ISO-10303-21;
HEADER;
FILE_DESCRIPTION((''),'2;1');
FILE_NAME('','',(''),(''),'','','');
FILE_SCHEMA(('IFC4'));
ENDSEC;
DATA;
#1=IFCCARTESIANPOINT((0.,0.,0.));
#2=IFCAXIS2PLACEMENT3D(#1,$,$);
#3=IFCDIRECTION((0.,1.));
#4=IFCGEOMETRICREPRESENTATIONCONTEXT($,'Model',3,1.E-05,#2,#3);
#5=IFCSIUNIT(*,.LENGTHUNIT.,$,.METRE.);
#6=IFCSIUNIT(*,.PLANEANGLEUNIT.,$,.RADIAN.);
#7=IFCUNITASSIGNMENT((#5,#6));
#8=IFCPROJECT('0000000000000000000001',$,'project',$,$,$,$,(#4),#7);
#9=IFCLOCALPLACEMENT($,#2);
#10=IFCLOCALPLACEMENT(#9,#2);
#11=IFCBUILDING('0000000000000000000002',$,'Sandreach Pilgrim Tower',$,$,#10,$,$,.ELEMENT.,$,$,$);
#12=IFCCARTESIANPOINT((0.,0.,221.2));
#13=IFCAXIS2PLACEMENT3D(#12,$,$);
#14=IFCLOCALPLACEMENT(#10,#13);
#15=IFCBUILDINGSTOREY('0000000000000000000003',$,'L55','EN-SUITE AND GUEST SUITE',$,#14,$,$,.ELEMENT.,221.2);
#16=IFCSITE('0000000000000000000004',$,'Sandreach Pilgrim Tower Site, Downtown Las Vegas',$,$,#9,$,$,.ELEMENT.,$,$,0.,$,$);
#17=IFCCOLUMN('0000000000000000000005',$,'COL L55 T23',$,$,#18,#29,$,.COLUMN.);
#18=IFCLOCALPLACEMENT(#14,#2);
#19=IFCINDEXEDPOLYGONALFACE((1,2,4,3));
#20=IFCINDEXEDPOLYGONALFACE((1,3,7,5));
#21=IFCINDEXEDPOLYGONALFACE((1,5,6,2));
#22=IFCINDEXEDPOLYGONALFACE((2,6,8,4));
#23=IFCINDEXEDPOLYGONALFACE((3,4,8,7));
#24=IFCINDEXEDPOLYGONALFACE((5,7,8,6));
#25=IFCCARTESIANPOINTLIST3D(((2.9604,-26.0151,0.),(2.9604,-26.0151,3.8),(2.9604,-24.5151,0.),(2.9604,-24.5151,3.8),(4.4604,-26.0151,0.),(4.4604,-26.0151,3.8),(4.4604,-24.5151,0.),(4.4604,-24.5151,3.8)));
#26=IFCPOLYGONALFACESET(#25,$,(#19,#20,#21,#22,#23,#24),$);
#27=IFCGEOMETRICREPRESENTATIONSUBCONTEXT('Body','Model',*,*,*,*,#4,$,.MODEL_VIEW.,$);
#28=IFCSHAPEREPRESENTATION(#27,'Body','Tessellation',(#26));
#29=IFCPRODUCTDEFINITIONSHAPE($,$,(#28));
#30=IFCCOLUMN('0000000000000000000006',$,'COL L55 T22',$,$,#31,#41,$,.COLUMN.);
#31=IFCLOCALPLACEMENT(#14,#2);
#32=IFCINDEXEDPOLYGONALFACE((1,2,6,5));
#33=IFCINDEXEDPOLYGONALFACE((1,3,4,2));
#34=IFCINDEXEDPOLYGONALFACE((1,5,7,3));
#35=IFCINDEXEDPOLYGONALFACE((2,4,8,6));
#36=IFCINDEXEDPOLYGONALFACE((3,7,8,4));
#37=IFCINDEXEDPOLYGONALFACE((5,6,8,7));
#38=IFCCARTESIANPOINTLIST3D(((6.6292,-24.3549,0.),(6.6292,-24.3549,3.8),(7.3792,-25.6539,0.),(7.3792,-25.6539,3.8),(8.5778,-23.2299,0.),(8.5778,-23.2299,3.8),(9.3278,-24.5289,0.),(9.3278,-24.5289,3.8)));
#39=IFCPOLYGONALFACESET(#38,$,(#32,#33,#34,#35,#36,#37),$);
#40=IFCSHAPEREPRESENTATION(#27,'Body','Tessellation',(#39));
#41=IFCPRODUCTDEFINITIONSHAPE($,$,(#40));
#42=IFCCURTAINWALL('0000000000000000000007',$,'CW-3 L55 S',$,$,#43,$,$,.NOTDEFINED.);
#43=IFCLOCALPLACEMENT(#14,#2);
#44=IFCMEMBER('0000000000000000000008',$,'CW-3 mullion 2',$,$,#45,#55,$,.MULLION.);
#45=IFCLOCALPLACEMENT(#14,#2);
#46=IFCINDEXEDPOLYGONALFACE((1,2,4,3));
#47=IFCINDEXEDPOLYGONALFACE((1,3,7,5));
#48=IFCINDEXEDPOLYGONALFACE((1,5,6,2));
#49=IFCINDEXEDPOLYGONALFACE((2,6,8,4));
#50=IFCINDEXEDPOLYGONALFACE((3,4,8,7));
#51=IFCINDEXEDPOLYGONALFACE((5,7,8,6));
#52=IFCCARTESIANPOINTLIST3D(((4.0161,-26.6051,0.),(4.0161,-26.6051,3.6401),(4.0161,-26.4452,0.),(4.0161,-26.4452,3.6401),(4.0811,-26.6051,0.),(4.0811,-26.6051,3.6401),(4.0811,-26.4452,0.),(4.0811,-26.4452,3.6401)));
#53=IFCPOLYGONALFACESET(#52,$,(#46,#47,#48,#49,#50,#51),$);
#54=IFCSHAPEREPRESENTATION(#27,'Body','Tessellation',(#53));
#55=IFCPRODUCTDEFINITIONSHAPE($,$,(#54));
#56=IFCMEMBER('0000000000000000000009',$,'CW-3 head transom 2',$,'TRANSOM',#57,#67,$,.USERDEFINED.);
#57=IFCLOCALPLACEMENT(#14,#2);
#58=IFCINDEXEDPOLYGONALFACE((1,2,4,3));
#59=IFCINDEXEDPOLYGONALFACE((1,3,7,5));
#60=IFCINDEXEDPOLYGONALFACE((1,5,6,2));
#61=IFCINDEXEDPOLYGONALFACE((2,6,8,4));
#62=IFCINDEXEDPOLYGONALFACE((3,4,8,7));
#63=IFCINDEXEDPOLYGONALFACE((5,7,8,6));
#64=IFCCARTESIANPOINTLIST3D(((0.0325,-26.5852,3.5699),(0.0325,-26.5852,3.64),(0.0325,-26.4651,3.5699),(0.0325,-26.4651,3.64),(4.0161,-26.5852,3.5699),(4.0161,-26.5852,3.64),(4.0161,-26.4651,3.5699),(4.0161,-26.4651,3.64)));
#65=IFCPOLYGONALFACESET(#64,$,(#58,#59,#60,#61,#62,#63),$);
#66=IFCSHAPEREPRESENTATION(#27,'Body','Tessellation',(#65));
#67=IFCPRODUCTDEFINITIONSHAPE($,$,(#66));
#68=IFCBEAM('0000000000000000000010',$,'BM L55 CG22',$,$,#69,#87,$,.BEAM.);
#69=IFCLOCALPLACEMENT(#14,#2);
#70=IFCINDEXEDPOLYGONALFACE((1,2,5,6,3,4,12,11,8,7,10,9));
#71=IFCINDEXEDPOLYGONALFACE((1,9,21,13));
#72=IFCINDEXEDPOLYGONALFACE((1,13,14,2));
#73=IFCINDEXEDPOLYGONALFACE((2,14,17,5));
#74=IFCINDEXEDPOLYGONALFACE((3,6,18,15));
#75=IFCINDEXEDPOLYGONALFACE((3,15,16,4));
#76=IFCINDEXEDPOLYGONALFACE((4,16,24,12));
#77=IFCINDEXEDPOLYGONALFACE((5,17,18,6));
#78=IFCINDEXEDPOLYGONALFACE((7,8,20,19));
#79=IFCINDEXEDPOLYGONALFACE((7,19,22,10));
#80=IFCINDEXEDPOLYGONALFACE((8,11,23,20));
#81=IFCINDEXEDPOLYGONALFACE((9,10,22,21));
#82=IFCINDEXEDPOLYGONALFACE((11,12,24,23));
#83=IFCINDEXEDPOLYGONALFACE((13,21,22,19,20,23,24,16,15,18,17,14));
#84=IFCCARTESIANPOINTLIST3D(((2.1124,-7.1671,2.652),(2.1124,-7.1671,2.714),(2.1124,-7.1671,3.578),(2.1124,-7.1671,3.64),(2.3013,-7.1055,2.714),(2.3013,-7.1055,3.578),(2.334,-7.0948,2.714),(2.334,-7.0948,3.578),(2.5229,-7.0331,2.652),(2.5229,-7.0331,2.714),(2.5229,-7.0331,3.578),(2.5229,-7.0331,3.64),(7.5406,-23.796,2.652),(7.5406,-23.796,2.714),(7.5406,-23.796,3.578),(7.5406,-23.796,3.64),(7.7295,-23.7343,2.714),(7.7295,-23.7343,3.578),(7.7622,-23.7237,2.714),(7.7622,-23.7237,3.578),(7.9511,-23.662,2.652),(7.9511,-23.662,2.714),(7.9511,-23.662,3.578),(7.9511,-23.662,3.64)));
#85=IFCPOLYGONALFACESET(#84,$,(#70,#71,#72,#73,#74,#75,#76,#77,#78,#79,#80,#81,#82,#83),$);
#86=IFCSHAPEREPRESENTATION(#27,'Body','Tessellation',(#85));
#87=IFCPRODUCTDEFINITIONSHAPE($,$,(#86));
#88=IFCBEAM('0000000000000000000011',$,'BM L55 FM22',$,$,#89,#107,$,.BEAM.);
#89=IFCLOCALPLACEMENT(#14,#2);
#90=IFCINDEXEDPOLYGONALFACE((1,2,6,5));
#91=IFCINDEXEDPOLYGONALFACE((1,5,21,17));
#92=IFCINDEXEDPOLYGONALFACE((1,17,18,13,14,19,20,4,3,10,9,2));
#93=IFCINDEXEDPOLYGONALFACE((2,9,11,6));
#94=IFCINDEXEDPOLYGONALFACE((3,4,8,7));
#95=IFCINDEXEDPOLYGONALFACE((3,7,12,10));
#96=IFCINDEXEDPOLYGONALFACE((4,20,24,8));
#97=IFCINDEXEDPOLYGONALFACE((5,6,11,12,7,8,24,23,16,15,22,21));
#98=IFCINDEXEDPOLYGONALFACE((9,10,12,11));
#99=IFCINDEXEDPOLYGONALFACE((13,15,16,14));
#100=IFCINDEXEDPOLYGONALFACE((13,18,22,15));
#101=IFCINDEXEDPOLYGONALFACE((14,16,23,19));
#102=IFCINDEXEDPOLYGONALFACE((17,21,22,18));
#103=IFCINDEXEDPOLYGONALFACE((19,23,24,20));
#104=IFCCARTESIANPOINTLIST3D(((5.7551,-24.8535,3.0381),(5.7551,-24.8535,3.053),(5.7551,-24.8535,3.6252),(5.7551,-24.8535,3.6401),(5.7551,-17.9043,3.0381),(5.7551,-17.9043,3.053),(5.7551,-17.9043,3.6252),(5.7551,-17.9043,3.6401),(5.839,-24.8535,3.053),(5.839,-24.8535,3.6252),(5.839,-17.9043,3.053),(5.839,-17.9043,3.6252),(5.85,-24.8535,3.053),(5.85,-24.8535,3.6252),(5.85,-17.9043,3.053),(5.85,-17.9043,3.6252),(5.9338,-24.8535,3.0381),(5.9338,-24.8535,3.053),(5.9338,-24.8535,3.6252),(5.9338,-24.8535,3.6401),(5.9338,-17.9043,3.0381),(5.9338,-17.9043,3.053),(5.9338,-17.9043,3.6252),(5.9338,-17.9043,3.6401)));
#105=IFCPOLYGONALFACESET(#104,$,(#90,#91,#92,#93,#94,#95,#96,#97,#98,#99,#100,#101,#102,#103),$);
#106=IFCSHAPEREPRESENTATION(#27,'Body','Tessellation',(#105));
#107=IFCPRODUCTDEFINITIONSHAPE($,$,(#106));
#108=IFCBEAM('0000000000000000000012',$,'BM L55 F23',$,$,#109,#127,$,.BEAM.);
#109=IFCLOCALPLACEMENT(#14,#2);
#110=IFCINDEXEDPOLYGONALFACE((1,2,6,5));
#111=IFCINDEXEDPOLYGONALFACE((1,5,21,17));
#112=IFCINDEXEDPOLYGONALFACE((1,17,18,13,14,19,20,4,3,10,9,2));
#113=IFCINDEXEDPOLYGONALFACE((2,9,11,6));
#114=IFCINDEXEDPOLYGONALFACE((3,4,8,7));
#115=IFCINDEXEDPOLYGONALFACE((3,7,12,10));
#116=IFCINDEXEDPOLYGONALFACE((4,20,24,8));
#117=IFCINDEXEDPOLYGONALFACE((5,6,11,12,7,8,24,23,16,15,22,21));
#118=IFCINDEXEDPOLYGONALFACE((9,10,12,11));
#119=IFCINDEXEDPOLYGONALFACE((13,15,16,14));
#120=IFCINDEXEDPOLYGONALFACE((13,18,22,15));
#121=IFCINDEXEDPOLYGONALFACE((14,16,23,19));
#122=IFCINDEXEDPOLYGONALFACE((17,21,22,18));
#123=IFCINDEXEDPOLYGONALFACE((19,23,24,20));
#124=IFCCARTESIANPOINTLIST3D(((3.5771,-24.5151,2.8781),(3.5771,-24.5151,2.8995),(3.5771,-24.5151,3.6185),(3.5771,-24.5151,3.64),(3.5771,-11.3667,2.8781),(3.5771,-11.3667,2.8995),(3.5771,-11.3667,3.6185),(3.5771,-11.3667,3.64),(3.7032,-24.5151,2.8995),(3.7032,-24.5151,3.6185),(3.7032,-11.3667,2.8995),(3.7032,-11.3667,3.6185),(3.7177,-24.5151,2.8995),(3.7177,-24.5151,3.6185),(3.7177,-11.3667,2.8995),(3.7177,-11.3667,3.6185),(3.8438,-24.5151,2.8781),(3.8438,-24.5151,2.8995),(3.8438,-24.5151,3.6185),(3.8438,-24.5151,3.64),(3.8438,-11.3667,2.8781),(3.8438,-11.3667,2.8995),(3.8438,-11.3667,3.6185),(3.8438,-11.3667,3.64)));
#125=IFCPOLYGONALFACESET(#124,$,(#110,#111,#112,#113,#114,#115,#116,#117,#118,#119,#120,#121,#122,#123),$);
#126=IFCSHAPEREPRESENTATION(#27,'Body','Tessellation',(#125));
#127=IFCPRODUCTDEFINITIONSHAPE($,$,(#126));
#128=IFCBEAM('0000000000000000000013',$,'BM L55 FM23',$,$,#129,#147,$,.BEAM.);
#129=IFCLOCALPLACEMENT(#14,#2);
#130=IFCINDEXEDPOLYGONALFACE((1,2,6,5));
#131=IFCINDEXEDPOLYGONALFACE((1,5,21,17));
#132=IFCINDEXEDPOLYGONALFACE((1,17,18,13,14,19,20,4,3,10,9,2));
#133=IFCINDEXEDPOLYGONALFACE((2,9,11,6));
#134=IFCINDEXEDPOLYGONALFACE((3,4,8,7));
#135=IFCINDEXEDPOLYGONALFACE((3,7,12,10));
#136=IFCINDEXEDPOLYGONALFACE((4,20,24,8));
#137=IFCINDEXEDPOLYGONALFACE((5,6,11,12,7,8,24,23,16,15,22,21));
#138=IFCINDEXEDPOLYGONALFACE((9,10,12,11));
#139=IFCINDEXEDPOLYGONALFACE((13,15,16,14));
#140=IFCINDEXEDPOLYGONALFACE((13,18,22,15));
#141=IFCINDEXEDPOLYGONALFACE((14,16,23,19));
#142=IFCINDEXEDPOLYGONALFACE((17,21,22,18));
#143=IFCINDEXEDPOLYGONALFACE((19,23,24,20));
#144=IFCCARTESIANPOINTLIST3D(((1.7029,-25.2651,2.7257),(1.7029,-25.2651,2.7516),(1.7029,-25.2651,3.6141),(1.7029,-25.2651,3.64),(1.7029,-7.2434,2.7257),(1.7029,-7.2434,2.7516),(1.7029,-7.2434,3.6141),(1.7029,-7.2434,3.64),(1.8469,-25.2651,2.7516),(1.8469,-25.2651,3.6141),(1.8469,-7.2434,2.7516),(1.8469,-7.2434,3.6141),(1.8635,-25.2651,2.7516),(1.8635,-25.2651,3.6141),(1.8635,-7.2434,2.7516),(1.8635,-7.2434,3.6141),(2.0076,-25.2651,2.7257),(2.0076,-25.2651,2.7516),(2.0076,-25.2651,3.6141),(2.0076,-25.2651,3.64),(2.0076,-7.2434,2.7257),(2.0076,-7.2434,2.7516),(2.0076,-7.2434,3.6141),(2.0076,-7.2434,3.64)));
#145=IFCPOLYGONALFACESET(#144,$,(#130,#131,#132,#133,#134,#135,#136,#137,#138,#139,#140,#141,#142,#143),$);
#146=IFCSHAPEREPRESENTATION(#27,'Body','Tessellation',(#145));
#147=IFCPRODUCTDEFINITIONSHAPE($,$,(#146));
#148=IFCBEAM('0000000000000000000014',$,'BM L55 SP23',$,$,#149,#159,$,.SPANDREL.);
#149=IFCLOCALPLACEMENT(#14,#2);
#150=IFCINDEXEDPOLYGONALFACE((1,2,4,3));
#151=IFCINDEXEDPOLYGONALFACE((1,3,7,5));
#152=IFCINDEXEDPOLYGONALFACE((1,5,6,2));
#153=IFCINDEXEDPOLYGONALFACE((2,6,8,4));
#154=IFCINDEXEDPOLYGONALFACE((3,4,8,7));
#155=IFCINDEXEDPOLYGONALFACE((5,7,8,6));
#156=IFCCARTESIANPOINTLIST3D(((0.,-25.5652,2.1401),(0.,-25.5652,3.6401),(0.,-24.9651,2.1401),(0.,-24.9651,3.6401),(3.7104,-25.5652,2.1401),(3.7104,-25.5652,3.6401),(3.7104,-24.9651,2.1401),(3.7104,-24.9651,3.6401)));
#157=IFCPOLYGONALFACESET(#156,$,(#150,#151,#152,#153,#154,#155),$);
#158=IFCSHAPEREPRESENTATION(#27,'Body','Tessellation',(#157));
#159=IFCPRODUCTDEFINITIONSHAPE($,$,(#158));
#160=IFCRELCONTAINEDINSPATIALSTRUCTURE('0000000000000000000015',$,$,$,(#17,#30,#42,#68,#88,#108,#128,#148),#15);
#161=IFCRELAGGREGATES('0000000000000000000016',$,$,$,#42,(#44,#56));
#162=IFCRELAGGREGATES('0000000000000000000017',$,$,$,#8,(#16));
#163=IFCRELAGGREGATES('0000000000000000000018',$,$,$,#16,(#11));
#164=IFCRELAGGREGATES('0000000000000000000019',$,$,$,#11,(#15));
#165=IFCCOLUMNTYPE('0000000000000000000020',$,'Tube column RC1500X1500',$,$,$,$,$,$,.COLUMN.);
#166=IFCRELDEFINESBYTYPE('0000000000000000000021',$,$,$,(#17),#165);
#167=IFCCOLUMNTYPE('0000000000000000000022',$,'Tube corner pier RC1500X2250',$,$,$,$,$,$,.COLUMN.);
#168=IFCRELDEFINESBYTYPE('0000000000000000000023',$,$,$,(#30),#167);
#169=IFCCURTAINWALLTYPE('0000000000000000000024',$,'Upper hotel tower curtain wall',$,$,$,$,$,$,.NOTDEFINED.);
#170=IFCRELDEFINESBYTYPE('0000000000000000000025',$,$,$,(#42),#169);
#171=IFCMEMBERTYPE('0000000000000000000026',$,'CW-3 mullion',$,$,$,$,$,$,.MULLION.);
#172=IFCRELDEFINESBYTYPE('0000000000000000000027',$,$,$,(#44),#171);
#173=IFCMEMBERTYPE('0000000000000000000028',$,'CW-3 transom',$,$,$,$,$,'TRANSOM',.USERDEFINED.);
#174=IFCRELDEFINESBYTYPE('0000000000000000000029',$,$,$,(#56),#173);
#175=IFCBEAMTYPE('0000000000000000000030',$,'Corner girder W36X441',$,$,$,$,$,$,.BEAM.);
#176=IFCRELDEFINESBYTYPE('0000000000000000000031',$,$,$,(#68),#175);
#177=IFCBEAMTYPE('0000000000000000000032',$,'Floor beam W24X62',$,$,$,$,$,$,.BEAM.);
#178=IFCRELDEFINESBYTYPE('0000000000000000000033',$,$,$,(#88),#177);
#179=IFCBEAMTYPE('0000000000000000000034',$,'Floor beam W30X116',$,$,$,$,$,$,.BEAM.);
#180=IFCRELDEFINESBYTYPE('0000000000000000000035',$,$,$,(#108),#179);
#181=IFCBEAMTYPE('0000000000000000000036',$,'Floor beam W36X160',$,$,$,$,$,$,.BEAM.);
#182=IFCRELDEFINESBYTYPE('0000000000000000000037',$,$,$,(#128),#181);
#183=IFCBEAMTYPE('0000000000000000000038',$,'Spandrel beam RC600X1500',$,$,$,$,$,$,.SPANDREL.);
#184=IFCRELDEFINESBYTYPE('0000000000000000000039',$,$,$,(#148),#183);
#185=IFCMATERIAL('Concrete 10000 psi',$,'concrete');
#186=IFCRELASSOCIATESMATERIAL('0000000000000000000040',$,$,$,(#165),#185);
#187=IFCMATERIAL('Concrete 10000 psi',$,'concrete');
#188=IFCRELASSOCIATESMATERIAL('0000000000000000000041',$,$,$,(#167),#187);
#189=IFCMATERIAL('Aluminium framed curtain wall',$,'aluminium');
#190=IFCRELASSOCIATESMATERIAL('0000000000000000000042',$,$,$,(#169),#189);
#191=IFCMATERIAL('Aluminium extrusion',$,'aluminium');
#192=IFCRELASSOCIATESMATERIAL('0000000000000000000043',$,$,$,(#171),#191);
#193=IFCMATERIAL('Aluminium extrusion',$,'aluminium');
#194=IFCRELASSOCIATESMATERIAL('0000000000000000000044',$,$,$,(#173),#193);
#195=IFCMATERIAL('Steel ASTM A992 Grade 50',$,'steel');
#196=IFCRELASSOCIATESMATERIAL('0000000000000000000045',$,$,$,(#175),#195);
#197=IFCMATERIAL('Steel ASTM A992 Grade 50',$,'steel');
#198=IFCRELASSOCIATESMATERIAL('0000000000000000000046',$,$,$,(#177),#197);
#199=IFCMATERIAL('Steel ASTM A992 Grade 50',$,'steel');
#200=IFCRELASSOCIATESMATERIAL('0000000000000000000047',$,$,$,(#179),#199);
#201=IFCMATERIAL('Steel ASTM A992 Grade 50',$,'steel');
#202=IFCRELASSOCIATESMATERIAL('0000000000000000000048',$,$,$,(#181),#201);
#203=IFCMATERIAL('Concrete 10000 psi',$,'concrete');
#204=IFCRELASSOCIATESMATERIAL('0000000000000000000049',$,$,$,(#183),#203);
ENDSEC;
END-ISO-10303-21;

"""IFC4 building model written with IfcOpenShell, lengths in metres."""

from ifc_helpers import new_model, si_unit, direction, frame, origin, origin_2d, place, context, subcontext, project, spatial, rectangle, i_section, extrude, material, material_profile, profile_set, type_object, element, aggregate, save


model = new_model("IFC4")

# Units and contexts
model_context = context("Model", 3, precision=1e-05, world=origin(), true_north=direction((0.0, 1.0)))
body_context = subcontext(model_context, "Body", "Model", "MODEL_VIEW")
ifc_project = project(units=[si_unit("LENGTHUNIT", "METRE"), si_unit("PLANEANGLEUNIT", "RADIAN")], contexts=[model_context])

# Site, building, storey
site_placement = place(None, origin())
site = spatial("IfcSite", under=ifc_project, at=site_placement, Name="Sandreach Pilgrim Tower Site, Downtown Las Vegas", CompositionType="ELEMENT", RefElevation=0.0)
building_placement = place(site_placement, origin())
building = spatial("IfcBuilding", under=site, at=building_placement, Name="Sandreach Pilgrim Tower", CompositionType="ELEMENT")
storey_placement = place(building_placement, frame((0.0, 0.0, 221.2)))
storey = spatial("IfcBuildingStorey", under=building, at=storey_placement, Name="L55", Description="EN-SUITE AND GUEST SUITE", CompositionType="ELEMENT", Elevation=221.2)

# Columns
ifc_material_1 = material(Name="Concrete 10000 psi", Category="concrete")
ifc_material_profile_1 = material_profile(ifc_material_1, rectangle(XDim=1.5, YDim=1.5, at=origin_2d()), Name="RC1500X1500")
ifc_profile_set_1 = profile_set([ifc_material_profile_1], Name="Concrete 10000 psi")
column_type_1 = type_object("IfcColumnType", Name="Tube column RC1500X1500", PredefinedType="COLUMN", material=ifc_profile_set_1)
column_1_placement = place(storey_placement, frame((3.7104, -25.2651, 0.0), z_axis=(0.0, 0.0, 1.0), x_axis=(0.0, -1.0, 0.0)))
element("IfcColumn", 1, at=column_1_placement, inside=storey, type_object=column_type_1, Name="COL L55 T23", PredefinedType="COLUMN", context=body_context, shape_type="SweptSolid", body=[
    extrude(rectangle(XDim=1.5, YDim=1.5, at=origin_2d()), origin(), (0.0, 0.0, 1.0), 3.8),
])
ifc_material_2 = material(Name="Concrete 10000 psi", Category="concrete")
ifc_material_profile_2 = material_profile(ifc_material_2, rectangle(XDim=1.5, YDim=2.25, at=origin_2d()), Name="RC1500X2250")
ifc_profile_set_2 = profile_set([ifc_material_profile_2], Name="Concrete 10000 psi")
column_type_2 = type_object("IfcColumnType", Name="Tube corner pier RC1500X2250", PredefinedType="COLUMN", material=ifc_profile_set_2)
column_2_placement = place(storey_placement, frame((7.9785, -24.4419, 0.0), z_axis=(0.0, 0.0, 1.0), x_axis=(0.5, -0.866025, 0.0)))
element("IfcColumn", 2, at=column_2_placement, inside=storey, type_object=column_type_2, Name="COL L55 T22", PredefinedType="COLUMN", context=body_context, shape_type="SweptSolid", body=[
    extrude(rectangle(XDim=1.5, YDim=2.25, at=origin_2d()), origin(), (0.0, 0.0, 1.0), 3.8),
])

# Curtain wall, members
ifc_material_3 = material(Name="Aluminium framed curtain wall", Category="aluminium")
curtain_wall_type = type_object("IfcCurtainWallType", Name="Upper hotel tower curtain wall", PredefinedType="NOTDEFINED", material=ifc_material_3)
curtain_wall_placement = place(storey_placement, origin())
curtain_wall = element("IfcCurtainWall", 3, at=curtain_wall_placement, inside=storey, type_object=curtain_wall_type, Name="CW-3 L55 S", PredefinedType="NOTDEFINED")
ifc_material_4 = material(Name="Aluminium extrusion", Category="aluminium")
ifc_material_profile_3 = material_profile(ifc_material_4, rectangle(XDim=0.0649, YDim=0.1599, at=origin_2d()), Name="CW-3M 65X160")
ifc_profile_set_3 = profile_set([ifc_material_profile_3], Name="Aluminium extrusion")
member_type_1 = type_object("IfcMemberType", Name="CW-3 mullion", PredefinedType="MULLION", material=ifc_profile_set_3)
member_1_placement = place(storey_placement, frame((4.0486, -26.5251, 0.0), z_axis=(0.0, 0.0, 1.0), x_axis=(-1.0, 0.0, 0.0)))
member_1 = element("IfcMember", 4, at=member_1_placement, type_object=member_type_1, Name="CW-3 mullion 2", PredefinedType="MULLION", context=body_context, shape_type="SweptSolid", body=[
    extrude(rectangle(XDim=0.0649, YDim=0.1599, at=origin_2d()), origin(), (0.0, 0.0, 1.0), 3.6401),
])
ifc_material_5 = material(Name="Aluminium extrusion", Category="aluminium")
ifc_material_profile_4 = material_profile(ifc_material_5, rectangle(XDim=0.1201, YDim=0.0701, at=origin_2d()), Name="CW-3T 120X70")
ifc_profile_set_4 = profile_set([ifc_material_profile_4], Name="Aluminium extrusion")
member_type_2 = type_object("IfcMemberType", Name="CW-3 transom", ElementType="TRANSOM", PredefinedType="USERDEFINED", material=ifc_profile_set_4)
member_2_placement = place(storey_placement, frame((4.0161, -26.5251, 3.605), z_axis=(-1.0, 0.0, 0.0), x_axis=(0.0, -1.0, 0.0)))
member_2 = element("IfcMember", 5, at=member_2_placement, type_object=member_type_2, Name="CW-3 head transom 2", ObjectType="TRANSOM", PredefinedType="USERDEFINED", context=body_context, shape_type="SweptSolid", body=[
    extrude(rectangle(XDim=0.1201, YDim=0.0701, at=origin_2d()), origin(), (0.0, 0.0, 1.0), 3.9836),
])

# Beams
ifc_material_6 = material(Name="Steel ASTM A992 Grade 50", Category="steel")
ifc_material_profile_5 = material_profile(ifc_material_6, i_section(OverallWidth=0.4319, OverallDepth=0.988, WebThickness=0.0344, FlangeThickness=0.062, at=origin_2d()), Name="W36X441")
ifc_profile_set_5 = profile_set([ifc_material_profile_5], Name="Steel ASTM A992 Grade 50")
beam_type_1 = type_object("IfcBeamType", Name="Corner girder W36X441", PredefinedType="BEAM", material=ifc_profile_set_5)
beam_1_placement = place(storey_placement, frame((7.7458, -23.729, 3.146), z_axis=(-0.310318, 0.950633, 0.0), x_axis=(-0.950633, -0.310318, 0.0)))
element("IfcBeam", 6, at=beam_1_placement, inside=storey, type_object=beam_type_1, Name="BM L55 CG22", PredefinedType="BEAM", context=body_context, shape_type="SweptSolid", body=[
    extrude(i_section(OverallWidth=0.4319, OverallDepth=0.988, WebThickness=0.0344, FlangeThickness=0.062, at=origin_2d()), origin(), (0.0, 0.0, 1.0), 17.4924),
])
ifc_material_7 = material(Name="Steel ASTM A992 Grade 50", Category="steel")
ifc_material_profile_6 = material_profile(ifc_material_7, i_section(OverallWidth=0.1787, OverallDepth=0.6021, WebThickness=0.011, FlangeThickness=0.0149, at=origin_2d()), Name="W24X62")
ifc_profile_set_6 = profile_set([ifc_material_profile_6], Name="Steel ASTM A992 Grade 50")
beam_type_2 = type_object("IfcBeamType", Name="Floor beam W24X62", PredefinedType="BEAM", material=ifc_profile_set_6)
beam_2_placement = place(storey_placement, frame((5.8445, -24.8535, 3.3391), z_axis=(0.0, 1.0, 0.0), x_axis=(-1.0, 0.0, 0.0)))
element("IfcBeam", 7, at=beam_2_placement, inside=storey, type_object=beam_type_2, Name="BM L55 FM22", PredefinedType="BEAM", context=body_context, shape_type="SweptSolid", body=[
    extrude(i_section(OverallWidth=0.1787, OverallDepth=0.6021, WebThickness=0.011, FlangeThickness=0.0149, at=origin_2d()), origin(), (0.0, 0.0, 1.0), 6.9492),
])
ifc_material_8 = material(Name="Steel ASTM A992 Grade 50", Category="steel")
ifc_material_profile_7 = material_profile(ifc_material_8, i_section(OverallWidth=0.2666, OverallDepth=0.762, WebThickness=0.0144, FlangeThickness=0.0215, at=origin_2d()), Name="W30X116")
ifc_profile_set_7 = profile_set([ifc_material_profile_7], Name="Steel ASTM A992 Grade 50")
beam_type_3 = type_object("IfcBeamType", Name="Floor beam W30X116", PredefinedType="BEAM", material=ifc_profile_set_7)
beam_3_placement = place(storey_placement, frame((3.7104, -24.5151, 3.259), z_axis=(0.0, 1.0, 0.0), x_axis=(-1.0, 0.0, 0.0)))
element("IfcBeam", 8, at=beam_3_placement, inside=storey, type_object=beam_type_3, Name="BM L55 F23", PredefinedType="BEAM", context=body_context, shape_type="SweptSolid", body=[
    extrude(i_section(OverallWidth=0.2666, OverallDepth=0.762, WebThickness=0.0144, FlangeThickness=0.0215, at=origin_2d()), origin(), (0.0, 0.0, 1.0), 13.1484),
])
ifc_material_9 = material(Name="Steel ASTM A992 Grade 50", Category="steel")
ifc_material_profile_8 = material_profile(ifc_material_9, i_section(OverallWidth=0.3047, OverallDepth=0.9143, WebThickness=0.0166, FlangeThickness=0.0259, at=origin_2d()), Name="W36X160")
ifc_profile_set_8 = profile_set([ifc_material_profile_8], Name="Steel ASTM A992 Grade 50")
beam_type_4 = type_object("IfcBeamType", Name="Floor beam W36X160", PredefinedType="BEAM", material=ifc_profile_set_8)
beam_4_placement = place(storey_placement, frame((1.8552, -25.2651, 3.1829), z_axis=(0.0, 1.0, 0.0), x_axis=(-1.0, 0.0, 0.0)))
element("IfcBeam", 9, at=beam_4_placement, inside=storey, type_object=beam_type_4, Name="BM L55 FM23", PredefinedType="BEAM", context=body_context, shape_type="SweptSolid", body=[
    extrude(i_section(OverallWidth=0.3047, OverallDepth=0.9143, WebThickness=0.0166, FlangeThickness=0.0259, at=origin_2d()), origin(), (0.0, 0.0, 1.0), 18.0217),
])
ifc_material_10 = material(Name="Concrete 10000 psi", Category="concrete")
ifc_material_profile_9 = material_profile(ifc_material_10, rectangle(XDim=0.6001, YDim=1.5, at=origin_2d()), Name="RC600X1500")
ifc_profile_set_9 = profile_set([ifc_material_profile_9], Name="Concrete 10000 psi")
beam_type_5 = type_object("IfcBeamType", Name="Spandrel beam RC600X1500", PredefinedType="SPANDREL", material=ifc_profile_set_9)
beam_5_placement = place(storey_placement, frame((3.7104, -25.2651, 2.8901), z_axis=(-1.0, 0.0, 0.0), x_axis=(0.0, -1.0, 0.0)))
element("IfcBeam", 10, at=beam_5_placement, inside=storey, type_object=beam_type_5, Name="BM L55 SP23", PredefinedType="SPANDREL", context=body_context, shape_type="SweptSolid", body=[
    extrude(rectangle(XDim=0.6001, YDim=1.5, at=origin_2d()), origin(), (0.0, 0.0, 1.0), 3.7104),
])

aggregate(curtain_wall, [member_1, member_2])

save(model, "model.ifc")
